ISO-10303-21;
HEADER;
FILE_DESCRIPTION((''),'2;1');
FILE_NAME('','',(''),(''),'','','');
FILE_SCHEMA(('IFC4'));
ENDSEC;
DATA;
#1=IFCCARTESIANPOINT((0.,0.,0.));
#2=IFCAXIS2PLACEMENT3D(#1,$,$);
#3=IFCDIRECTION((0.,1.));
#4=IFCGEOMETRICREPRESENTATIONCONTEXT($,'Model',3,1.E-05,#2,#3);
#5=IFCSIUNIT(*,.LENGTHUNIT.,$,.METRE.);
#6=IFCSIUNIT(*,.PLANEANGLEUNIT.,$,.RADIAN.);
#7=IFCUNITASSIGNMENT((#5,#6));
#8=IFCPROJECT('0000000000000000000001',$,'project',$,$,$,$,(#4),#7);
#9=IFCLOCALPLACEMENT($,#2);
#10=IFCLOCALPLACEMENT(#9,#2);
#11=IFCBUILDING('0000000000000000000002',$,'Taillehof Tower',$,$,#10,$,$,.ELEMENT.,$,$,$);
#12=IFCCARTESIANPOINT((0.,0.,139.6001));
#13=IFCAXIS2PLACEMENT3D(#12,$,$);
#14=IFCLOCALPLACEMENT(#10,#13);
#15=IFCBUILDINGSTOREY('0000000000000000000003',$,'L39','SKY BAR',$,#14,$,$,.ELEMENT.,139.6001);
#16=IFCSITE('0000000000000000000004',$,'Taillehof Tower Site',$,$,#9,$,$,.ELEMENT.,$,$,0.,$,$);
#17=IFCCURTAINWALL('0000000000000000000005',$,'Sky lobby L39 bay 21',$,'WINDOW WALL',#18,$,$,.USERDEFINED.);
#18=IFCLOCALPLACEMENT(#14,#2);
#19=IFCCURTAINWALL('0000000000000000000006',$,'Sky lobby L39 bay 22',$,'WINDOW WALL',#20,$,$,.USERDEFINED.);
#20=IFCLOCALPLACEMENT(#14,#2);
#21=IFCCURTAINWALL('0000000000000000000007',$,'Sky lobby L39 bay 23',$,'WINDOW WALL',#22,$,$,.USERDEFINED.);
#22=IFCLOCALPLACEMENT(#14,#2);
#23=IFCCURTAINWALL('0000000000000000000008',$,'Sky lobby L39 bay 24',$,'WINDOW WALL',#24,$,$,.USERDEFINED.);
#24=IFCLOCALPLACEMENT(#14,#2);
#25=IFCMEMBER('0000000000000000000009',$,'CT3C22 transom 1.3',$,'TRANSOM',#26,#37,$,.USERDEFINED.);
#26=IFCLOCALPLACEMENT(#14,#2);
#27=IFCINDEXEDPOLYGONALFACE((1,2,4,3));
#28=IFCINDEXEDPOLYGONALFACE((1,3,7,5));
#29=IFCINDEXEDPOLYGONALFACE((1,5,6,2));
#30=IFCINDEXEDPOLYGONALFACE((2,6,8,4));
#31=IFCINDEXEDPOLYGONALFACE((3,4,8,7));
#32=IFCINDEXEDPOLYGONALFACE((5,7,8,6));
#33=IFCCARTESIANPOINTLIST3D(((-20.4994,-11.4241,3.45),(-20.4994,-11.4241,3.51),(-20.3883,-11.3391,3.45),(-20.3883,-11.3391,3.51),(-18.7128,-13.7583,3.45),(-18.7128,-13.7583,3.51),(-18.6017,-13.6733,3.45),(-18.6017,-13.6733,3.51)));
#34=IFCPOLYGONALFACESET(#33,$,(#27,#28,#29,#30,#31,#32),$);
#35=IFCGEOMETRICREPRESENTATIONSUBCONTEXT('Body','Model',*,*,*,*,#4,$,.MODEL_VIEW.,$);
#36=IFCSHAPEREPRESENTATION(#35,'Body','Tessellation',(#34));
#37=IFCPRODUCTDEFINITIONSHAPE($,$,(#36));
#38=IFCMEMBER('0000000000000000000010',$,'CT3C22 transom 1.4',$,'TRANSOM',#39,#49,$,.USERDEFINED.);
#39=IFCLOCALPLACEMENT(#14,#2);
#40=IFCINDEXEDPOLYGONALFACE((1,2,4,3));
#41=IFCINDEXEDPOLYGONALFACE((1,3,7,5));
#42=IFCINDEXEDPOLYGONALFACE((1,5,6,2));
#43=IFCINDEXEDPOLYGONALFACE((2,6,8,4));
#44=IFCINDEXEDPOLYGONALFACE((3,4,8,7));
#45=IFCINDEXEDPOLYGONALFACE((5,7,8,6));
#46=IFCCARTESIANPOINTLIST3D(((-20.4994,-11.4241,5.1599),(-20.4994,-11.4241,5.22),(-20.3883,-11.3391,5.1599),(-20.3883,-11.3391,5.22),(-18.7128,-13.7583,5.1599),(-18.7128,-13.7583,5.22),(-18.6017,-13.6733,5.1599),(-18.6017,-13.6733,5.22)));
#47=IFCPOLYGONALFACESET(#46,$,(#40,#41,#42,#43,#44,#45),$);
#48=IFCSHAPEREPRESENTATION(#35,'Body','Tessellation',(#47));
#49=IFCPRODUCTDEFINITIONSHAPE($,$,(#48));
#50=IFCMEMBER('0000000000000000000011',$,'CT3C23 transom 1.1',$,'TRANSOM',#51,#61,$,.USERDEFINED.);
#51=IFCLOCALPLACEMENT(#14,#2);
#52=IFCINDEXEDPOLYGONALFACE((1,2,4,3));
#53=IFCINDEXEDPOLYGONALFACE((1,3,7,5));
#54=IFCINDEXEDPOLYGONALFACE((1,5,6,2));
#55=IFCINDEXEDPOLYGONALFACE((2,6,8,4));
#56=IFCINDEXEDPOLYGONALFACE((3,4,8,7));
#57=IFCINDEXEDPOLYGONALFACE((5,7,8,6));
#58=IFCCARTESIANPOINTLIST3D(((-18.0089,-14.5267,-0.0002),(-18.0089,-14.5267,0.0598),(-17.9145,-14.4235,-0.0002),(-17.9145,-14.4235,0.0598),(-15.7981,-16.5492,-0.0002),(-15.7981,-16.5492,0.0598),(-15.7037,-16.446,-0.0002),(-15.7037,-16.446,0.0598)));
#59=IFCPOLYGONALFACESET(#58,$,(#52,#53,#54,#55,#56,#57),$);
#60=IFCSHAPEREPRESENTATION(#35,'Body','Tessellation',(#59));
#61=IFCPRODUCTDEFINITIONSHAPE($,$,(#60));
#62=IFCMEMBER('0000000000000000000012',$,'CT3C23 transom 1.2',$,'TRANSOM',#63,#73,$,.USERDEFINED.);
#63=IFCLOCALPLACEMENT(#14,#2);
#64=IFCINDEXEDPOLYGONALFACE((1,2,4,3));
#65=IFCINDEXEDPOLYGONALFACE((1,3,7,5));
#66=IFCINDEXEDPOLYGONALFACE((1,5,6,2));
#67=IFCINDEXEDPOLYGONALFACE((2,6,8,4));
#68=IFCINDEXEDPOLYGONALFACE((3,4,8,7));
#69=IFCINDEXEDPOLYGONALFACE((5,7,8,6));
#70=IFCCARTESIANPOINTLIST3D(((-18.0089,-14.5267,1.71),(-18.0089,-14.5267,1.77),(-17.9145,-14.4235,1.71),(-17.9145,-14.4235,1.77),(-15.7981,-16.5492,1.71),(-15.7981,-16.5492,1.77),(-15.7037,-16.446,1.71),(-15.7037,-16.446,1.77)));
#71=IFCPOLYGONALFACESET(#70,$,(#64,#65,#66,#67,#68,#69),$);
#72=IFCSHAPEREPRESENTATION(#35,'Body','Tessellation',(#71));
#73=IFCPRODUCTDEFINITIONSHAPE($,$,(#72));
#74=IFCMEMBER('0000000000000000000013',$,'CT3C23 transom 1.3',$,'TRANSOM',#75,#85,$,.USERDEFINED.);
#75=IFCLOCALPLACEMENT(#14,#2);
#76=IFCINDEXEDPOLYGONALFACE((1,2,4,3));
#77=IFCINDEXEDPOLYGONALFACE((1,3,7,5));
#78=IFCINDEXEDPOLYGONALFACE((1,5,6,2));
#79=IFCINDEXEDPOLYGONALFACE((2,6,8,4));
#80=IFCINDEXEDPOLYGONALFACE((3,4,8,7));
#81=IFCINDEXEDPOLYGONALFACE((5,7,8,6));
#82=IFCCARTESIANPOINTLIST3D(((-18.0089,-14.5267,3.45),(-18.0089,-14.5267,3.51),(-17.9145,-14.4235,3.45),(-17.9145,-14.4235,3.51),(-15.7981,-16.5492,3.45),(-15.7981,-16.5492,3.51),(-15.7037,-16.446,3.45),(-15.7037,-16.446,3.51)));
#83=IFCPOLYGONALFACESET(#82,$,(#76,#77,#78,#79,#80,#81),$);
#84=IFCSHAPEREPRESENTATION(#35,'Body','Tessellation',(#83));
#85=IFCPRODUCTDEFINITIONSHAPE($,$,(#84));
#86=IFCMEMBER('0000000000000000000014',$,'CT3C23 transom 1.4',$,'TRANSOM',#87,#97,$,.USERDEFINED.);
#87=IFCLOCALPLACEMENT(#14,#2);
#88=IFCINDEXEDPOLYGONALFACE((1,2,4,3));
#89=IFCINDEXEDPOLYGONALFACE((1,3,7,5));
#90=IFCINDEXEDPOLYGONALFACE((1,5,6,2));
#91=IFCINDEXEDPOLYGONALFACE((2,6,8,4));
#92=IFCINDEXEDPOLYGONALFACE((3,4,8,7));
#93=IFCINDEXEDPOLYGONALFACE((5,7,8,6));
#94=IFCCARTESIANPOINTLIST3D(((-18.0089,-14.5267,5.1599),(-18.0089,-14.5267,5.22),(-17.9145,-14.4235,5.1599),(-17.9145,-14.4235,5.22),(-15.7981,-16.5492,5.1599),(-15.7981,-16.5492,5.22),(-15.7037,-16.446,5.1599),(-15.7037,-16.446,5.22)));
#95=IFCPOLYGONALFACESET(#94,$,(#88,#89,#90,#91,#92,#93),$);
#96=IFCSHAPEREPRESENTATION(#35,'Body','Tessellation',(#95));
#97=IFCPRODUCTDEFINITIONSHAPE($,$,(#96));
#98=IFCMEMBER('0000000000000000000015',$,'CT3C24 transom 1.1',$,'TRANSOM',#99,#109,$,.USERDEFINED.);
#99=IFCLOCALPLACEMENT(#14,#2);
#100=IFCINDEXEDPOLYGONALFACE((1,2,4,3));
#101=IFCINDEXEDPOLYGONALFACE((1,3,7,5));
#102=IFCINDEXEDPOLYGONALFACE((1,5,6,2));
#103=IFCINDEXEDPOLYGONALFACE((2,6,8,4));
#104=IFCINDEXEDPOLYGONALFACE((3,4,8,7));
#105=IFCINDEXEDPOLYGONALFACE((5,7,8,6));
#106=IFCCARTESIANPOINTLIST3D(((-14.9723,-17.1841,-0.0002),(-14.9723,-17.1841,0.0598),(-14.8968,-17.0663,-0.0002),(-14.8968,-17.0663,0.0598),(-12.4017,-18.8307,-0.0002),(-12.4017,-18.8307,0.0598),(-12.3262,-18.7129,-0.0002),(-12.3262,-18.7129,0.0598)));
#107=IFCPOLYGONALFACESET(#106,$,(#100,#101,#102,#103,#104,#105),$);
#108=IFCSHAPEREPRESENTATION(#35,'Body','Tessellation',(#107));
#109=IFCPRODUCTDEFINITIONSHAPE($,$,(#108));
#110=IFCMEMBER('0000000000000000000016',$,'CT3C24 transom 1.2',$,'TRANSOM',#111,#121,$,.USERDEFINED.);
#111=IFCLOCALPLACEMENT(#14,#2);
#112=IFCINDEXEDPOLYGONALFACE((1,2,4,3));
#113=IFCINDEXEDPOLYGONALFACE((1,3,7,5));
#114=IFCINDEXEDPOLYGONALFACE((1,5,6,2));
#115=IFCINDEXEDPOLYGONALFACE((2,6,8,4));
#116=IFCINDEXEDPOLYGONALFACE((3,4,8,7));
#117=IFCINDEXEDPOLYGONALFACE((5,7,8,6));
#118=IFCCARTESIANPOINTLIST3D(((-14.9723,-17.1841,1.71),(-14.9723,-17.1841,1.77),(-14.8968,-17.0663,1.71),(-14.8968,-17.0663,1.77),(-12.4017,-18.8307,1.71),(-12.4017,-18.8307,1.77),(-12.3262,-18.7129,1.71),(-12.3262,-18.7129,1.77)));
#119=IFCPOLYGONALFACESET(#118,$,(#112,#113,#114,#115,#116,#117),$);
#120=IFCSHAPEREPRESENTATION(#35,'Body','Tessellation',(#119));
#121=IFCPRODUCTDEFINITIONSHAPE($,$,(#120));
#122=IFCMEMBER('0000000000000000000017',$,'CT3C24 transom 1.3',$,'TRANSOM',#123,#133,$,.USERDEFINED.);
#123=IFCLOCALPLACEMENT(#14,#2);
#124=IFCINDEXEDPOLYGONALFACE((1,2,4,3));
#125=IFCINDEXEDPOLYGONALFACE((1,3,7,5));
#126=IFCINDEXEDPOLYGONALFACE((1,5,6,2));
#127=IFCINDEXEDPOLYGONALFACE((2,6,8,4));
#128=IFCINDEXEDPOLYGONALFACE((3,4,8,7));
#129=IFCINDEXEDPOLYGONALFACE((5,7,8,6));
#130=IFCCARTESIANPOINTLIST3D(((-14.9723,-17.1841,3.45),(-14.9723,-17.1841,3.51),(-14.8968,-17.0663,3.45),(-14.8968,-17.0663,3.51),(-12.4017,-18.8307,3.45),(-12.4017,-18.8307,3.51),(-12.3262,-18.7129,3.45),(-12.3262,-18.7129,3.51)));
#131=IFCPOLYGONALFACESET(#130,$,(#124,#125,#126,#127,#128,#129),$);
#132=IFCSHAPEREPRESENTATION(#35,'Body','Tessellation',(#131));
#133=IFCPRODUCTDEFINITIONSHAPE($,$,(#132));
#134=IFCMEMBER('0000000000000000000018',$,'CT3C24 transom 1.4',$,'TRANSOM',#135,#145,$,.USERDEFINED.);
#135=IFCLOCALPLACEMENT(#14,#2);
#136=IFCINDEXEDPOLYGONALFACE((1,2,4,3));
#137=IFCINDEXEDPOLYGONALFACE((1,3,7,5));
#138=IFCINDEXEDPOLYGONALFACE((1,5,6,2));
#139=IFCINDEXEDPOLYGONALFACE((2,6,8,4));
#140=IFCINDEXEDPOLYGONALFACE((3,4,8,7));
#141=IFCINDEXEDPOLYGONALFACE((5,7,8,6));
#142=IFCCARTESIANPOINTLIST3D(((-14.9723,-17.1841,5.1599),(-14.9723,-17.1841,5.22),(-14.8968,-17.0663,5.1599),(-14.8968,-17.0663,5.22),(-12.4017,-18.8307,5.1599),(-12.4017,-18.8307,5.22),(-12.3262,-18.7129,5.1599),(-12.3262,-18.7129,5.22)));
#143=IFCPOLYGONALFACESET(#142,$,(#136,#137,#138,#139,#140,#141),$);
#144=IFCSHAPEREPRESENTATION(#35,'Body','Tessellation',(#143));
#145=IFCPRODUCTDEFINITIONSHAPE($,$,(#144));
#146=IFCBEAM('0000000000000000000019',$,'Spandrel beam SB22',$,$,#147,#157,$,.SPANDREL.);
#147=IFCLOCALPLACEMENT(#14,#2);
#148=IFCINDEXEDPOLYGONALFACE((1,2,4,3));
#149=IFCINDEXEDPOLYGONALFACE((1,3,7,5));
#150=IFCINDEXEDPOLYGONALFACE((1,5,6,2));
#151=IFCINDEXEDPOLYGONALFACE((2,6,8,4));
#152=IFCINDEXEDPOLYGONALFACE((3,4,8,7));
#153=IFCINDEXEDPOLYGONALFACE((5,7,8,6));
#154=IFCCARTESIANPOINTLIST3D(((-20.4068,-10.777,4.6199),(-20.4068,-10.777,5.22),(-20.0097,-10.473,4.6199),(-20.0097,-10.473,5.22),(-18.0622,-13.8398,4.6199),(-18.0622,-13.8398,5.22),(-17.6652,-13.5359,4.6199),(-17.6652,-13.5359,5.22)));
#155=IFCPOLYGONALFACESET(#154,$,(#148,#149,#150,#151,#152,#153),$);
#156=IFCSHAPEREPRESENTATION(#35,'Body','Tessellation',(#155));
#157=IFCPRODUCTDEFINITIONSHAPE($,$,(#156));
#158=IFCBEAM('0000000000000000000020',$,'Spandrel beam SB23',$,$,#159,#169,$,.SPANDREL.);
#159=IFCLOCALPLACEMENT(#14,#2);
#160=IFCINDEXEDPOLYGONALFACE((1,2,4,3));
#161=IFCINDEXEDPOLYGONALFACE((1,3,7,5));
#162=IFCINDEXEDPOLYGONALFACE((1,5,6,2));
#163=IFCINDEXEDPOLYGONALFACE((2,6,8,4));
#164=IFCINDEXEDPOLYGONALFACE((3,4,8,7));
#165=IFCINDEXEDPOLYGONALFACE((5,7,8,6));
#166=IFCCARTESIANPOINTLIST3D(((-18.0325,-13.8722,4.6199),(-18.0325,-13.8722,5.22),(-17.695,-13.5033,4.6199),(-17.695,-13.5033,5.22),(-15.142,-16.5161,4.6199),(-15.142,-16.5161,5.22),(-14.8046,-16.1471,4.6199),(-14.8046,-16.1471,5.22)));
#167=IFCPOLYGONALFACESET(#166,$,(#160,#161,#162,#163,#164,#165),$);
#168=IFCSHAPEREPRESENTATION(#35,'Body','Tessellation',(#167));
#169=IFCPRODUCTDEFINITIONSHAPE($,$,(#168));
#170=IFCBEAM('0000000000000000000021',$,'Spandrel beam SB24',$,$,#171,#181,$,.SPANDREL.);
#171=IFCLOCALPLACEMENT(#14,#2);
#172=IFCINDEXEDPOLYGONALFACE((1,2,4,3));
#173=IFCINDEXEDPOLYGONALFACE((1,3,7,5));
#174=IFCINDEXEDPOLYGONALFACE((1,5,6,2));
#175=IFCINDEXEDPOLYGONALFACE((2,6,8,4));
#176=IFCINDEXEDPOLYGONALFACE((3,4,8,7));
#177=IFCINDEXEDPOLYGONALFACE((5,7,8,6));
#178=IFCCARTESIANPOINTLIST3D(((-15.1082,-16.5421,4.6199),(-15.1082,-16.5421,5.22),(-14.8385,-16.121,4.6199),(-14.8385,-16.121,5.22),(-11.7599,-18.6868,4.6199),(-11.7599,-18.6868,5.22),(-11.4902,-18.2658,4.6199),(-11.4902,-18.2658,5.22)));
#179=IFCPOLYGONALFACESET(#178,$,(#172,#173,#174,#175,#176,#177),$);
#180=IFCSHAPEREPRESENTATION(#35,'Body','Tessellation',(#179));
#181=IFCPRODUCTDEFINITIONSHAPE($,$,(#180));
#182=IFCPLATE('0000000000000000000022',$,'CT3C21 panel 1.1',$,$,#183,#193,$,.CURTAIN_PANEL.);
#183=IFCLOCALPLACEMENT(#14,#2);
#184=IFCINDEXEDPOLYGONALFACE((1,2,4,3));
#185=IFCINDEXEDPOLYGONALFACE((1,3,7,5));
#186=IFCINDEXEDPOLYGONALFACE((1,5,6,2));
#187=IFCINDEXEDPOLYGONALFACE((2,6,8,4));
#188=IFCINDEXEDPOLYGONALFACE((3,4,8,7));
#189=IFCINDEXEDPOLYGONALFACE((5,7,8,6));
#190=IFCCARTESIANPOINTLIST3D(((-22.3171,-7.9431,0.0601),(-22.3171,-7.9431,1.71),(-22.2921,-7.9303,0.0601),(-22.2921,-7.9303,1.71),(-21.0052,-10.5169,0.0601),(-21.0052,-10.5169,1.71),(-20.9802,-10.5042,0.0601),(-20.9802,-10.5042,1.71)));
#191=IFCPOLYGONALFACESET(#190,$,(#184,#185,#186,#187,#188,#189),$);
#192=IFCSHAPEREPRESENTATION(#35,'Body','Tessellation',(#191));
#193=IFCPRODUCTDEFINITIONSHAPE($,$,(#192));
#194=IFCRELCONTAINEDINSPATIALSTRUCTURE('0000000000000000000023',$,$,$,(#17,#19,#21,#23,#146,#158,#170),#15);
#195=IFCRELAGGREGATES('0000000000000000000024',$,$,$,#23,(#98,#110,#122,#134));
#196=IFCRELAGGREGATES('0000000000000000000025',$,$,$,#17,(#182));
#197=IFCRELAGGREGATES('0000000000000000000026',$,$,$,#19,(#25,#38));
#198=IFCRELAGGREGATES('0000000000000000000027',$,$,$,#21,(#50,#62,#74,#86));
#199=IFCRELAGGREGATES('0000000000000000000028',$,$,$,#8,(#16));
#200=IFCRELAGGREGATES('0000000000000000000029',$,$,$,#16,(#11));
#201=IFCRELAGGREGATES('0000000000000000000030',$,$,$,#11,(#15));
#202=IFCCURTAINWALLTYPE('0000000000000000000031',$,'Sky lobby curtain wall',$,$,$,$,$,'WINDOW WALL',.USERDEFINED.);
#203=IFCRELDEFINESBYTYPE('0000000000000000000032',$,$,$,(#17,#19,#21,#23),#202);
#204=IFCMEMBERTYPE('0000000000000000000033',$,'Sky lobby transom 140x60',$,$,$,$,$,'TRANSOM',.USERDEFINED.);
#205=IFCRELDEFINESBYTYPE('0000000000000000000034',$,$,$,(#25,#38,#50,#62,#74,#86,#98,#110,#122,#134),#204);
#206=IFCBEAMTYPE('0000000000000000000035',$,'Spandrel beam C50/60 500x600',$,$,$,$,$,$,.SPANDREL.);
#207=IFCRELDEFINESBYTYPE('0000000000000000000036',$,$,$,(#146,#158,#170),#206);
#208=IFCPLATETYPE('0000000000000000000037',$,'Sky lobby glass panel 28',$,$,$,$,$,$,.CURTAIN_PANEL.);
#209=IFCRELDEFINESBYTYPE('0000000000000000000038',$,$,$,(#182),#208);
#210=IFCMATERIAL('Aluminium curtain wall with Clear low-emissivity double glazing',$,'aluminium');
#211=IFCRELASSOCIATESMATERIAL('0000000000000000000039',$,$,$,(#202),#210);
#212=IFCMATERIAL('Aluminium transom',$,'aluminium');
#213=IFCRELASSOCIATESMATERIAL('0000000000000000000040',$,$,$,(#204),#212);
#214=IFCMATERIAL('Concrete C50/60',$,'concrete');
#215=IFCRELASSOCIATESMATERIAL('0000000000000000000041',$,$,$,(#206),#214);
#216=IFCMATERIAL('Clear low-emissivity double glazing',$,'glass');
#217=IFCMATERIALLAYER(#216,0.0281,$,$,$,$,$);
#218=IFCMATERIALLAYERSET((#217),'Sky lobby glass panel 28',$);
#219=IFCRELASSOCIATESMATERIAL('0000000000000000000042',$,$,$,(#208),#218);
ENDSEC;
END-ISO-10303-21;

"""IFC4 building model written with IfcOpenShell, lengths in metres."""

from ifc_helpers import new_model, si_unit, direction, frame, origin, origin_2d, place, context, subcontext, project, spatial, rectangle, extrude, material, layer, layer_set, material_profile, profile_set, type_object, element, aggregate, save


model = new_model("IFC4")

# Units and contexts
model_context = context("Model", 3, precision=1e-05, world=origin(), true_north=direction((0.0, 1.0)))
body_context = subcontext(model_context, "Body", "Model", "MODEL_VIEW")
ifc_project = project(units=[si_unit("LENGTHUNIT", "METRE"), si_unit("PLANEANGLEUNIT", "RADIAN")], contexts=[model_context])

# Site, building, storey
site_placement = place(None, origin())
site = spatial("IfcSite", under=ifc_project, at=site_placement, Name="Taillehof Tower Site", CompositionType="ELEMENT", RefElevation=0.0)
building_placement = place(site_placement, origin())
building = spatial("IfcBuilding", under=site, at=building_placement, Name="Taillehof Tower", CompositionType="ELEMENT")
storey_placement = place(building_placement, frame((0.0, 0.0, 139.6001)))
storey = spatial("IfcBuildingStorey", under=building, at=storey_placement, Name="L39", Description="SKY BAR", CompositionType="ELEMENT", Elevation=139.6001)

# Curtain wall
ifc_material_1 = material(Name="Aluminium curtain wall with Clear low-emissivity double glazing", Category="aluminium")
curtain_wall_type = type_object("IfcCurtainWallType", Name="Sky lobby curtain wall", ElementType="WINDOW WALL", PredefinedType="USERDEFINED", material=ifc_material_1)
curtain_wall_1_placement = place(storey_placement, origin())
curtain_wall_1 = element("IfcCurtainWall", 1, at=curtain_wall_1_placement, inside=storey, type_object=curtain_wall_type, Name="Sky lobby L39 bay 21", ObjectType="WINDOW WALL", PredefinedType="USERDEFINED")

# Curtain walls
curtain_wall_2_placement = place(storey_placement, origin())
curtain_wall_2 = element("IfcCurtainWall", 2, at=curtain_wall_2_placement, inside=storey, type_object=curtain_wall_type, Name="Sky lobby L39 bay 22", ObjectType="WINDOW WALL", PredefinedType="USERDEFINED")
curtain_wall_3_placement = place(storey_placement, origin())
curtain_wall_3 = element("IfcCurtainWall", 3, at=curtain_wall_3_placement, inside=storey, type_object=curtain_wall_type, Name="Sky lobby L39 bay 23", ObjectType="WINDOW WALL", PredefinedType="USERDEFINED")

# Curtain wall
curtain_wall_4_placement = place(storey_placement, origin())
curtain_wall_4 = element("IfcCurtainWall", 4, at=curtain_wall_4_placement, inside=storey, type_object=curtain_wall_type, Name="Sky lobby L39 bay 24", ObjectType="WINDOW WALL", PredefinedType="USERDEFINED")

# Members
ifc_material_2 = material(Name="Aluminium transom", Category="aluminium")
ifc_material_profile_1 = material_profile(ifc_material_2, rectangle(XDim=0.1399, YDim=0.0601, at=origin_2d()), Name="AL 140x60")
ifc_profile_set_1 = profile_set([ifc_material_profile_1], Name="Aluminium transom")
member_type_1 = type_object("IfcMemberType", Name="Sky lobby transom 140x60", ElementType="TRANSOM", PredefinedType="USERDEFINED", material=ifc_profile_set_1)
member_1_placement = place(storey_placement, frame((-20.4438, -11.3816, 3.48), z_axis=(0.607798, -0.794091, 0.0), x_axis=(0.794091, 0.607798, 0.0)))
member_1 = element("IfcMember", 5, at=member_1_placement, type_object=member_type_1, Name="CT3C22 transom 1.3", ObjectType="TRANSOM", PredefinedType="USERDEFINED", context=body_context, shape_type="SweptSolid", body=[
    extrude(rectangle(XDim=0.1399, YDim=0.0601, at=origin_2d()), origin(), (0.0, 0.0, 1.0), 2.9395),
])
member_2_placement = place(storey_placement, frame((-20.4438, -11.3816, 5.1899), z_axis=(0.607798, -0.794091, 0.0), x_axis=(0.794091, 0.607798, 0.0)))
member_2 = element("IfcMember", 6, at=member_2_placement, type_object=member_type_1, Name="CT3C22 transom 1.4", ObjectType="TRANSOM", PredefinedType="USERDEFINED", context=body_context, shape_type="SweptSolid", body=[
    extrude(rectangle(XDim=0.1399, YDim=0.0601, at=origin_2d()), origin(), (0.0, 0.0, 1.0), 2.9395),
])
member_3_placement = place(storey_placement, frame((-17.9617, -14.4751, 0.0298), z_axis=(0.73782, -0.674997, 0.0), x_axis=(0.674997, 0.73782, 0.0)))
member_3 = element("IfcMember", 7, at=member_3_placement, type_object=member_type_1, Name="CT3C23 transom 1.1", ObjectType="TRANSOM", PredefinedType="USERDEFINED", context=body_context, shape_type="SweptSolid", body=[
    extrude(rectangle(XDim=0.1399, YDim=0.0601, at=origin_2d()), origin(), (0.0, 0.0, 1.0), 2.9963),
])
member_4_placement = place(storey_placement, frame((-17.9617, -14.4751, 1.74), z_axis=(0.73782, -0.674997, 0.0), x_axis=(0.674997, 0.73782, 0.0)))
member_4 = element("IfcMember", 8, at=member_4_placement, type_object=member_type_1, Name="CT3C23 transom 1.2", ObjectType="TRANSOM", PredefinedType="USERDEFINED", context=body_context, shape_type="SweptSolid", body=[
    extrude(rectangle(XDim=0.1399, YDim=0.0601, at=origin_2d()), origin(), (0.0, 0.0, 1.0), 2.9963),
])
member_5_placement = place(storey_placement, frame((-17.9617, -14.4751, 3.48), z_axis=(0.73782, -0.674997, 0.0), x_axis=(0.674997, 0.73782, 0.0)))
member_5 = element("IfcMember", 9, at=member_5_placement, type_object=member_type_1, Name="CT3C23 transom 1.3", ObjectType="TRANSOM", PredefinedType="USERDEFINED", context=body_context, shape_type="SweptSolid", body=[
    extrude(rectangle(XDim=0.1399, YDim=0.0601, at=origin_2d()), origin(), (0.0, 0.0, 1.0), 2.9963),
])
member_6_placement = place(storey_placement, frame((-17.9617, -14.4751, 5.1899), z_axis=(0.73782, -0.674997, 0.0), x_axis=(0.674997, 0.73782, 0.0)))
member_6 = element("IfcMember", 10, at=member_6_placement, type_object=member_type_1, Name="CT3C23 transom 1.4", ObjectType="TRANSOM", PredefinedType="USERDEFINED", context=body_context, shape_type="SweptSolid", body=[
    extrude(rectangle(XDim=0.1399, YDim=0.0601, at=origin_2d()), origin(), (0.0, 0.0, 1.0), 2.9963),
])
member_7_placement = place(storey_placement, frame((-14.9346, -17.1252, 0.0298), z_axis=(0.842074, -0.539362, 0.0), x_axis=(0.539362, 0.842074, 0.0)))
member_7 = element("IfcMember", 11, at=member_7_placement, type_object=member_type_1, Name="CT3C24 transom 1.1", ObjectType="TRANSOM", PredefinedType="USERDEFINED", context=body_context, shape_type="SweptSolid", body=[
    extrude(rectangle(XDim=0.1399, YDim=0.0601, at=origin_2d()), origin(), (0.0, 0.0, 1.0), 3.0527),
])
member_8_placement = place(storey_placement, frame((-14.9346, -17.1252, 1.74), z_axis=(0.842074, -0.539362, 0.0), x_axis=(0.539362, 0.842074, 0.0)))
member_8 = element("IfcMember", 12, at=member_8_placement, type_object=member_type_1, Name="CT3C24 transom 1.2", ObjectType="TRANSOM", PredefinedType="USERDEFINED", context=body_context, shape_type="SweptSolid", body=[
    extrude(rectangle(XDim=0.1399, YDim=0.0601, at=origin_2d()), origin(), (0.0, 0.0, 1.0), 3.0527),
])
member_9_placement = place(storey_placement, frame((-14.9346, -17.1252, 3.48), z_axis=(0.842074, -0.539362, 0.0), x_axis=(0.539362, 0.842074, 0.0)))
member_9 = element("IfcMember", 13, at=member_9_placement, type_object=member_type_1, Name="CT3C24 transom 1.3", ObjectType="TRANSOM", PredefinedType="USERDEFINED", context=body_context, shape_type="SweptSolid", body=[
    extrude(rectangle(XDim=0.1399, YDim=0.0601, at=origin_2d()), origin(), (0.0, 0.0, 1.0), 3.0527),
])
member_10_placement = place(storey_placement, frame((-14.9346, -17.1252, 5.1899), z_axis=(0.842074, -0.539362, 0.0), x_axis=(0.539362, 0.842074, 0.0)))
member_10 = element("IfcMember", 14, at=member_10_placement, type_object=member_type_1, Name="CT3C24 transom 1.4", ObjectType="TRANSOM", PredefinedType="USERDEFINED", context=body_context, shape_type="SweptSolid", body=[
    extrude(rectangle(XDim=0.1399, YDim=0.0601, at=origin_2d()), origin(), (0.0, 0.0, 1.0), 3.0527),
])
aggregate(curtain_wall_4, [member_7, member_8, member_9, member_10])

# Beams
ifc_material_3 = material(Name="Concrete C50/60", Category="concrete")
ifc_material_profile_2 = material_profile(ifc_material_3, rectangle(XDim=0.5, YDim=0.6001, at=origin_2d()), Name="RC 500x600")
ifc_profile_set_2 = profile_set([ifc_material_profile_2], Name="Concrete C50/60")
beam_type_1 = type_object("IfcBeamType", Name="Spandrel beam C50/60 500x600", PredefinedType="SPANDREL", material=ifc_profile_set_2)
beam_1_placement = place(storey_placement, frame((-20.2083, -10.625, 4.9199), z_axis=(0.60784, -0.794059, 0.0), x_axis=(0.794059, 0.60784, 0.0)))
element("IfcBeam", 15, at=beam_1_placement, inside=storey, type_object=beam_type_1, Name="Spandrel beam SB22", PredefinedType="SPANDREL", context=body_context, shape_type="SweptSolid", body=[
    extrude(rectangle(XDim=0.5, YDim=0.6001, at=origin_2d()), origin(), (0.0, 0.0, 1.0), 3.8572),
])
beam_2_placement = place(storey_placement, frame((-17.8638, -13.6877, 4.9199), z_axis=(0.737881, -0.674931, 0.0), x_axis=(0.674931, 0.737881, 0.0)))
element("IfcBeam", 16, at=beam_2_placement, inside=storey, type_object=beam_type_1, Name="Spandrel beam SB23", PredefinedType="SPANDREL", context=body_context, shape_type="SweptSolid", body=[
    extrude(rectangle(XDim=0.5, YDim=0.6001, at=origin_2d()), origin(), (0.0, 0.0, 1.0), 3.9172),
])
beam_3_placement = place(storey_placement, frame((-14.9734, -16.3315, 4.9199), z_axis=(0.842065, -0.539376, 0.0), x_axis=(0.539376, 0.842065, 0.0)))
element("IfcBeam", 17, at=beam_3_placement, inside=storey, type_object=beam_type_1, Name="Spandrel beam SB24", PredefinedType="SPANDREL", context=body_context, shape_type="SweptSolid", body=[
    extrude(rectangle(XDim=0.5, YDim=0.6001, at=origin_2d()), origin(), (0.0, 0.0, 1.0), 3.9763),
])

# Plate
ifc_material_4 = material(Name="Clear low-emissivity double glazing", Category="glass")
ifc_layer_1 = layer(ifc_material_4, 0.0281)
ifc_layer_set_1 = layer_set([ifc_layer_1], Name="Sky lobby glass panel 28")
plate_type = type_object("IfcPlateType", Name="Sky lobby glass panel 28", PredefinedType="CURTAIN_PANEL", material=ifc_layer_set_1)
plate_1_placement = place(storey_placement, frame((-21.6487, -9.2236, 0.0601), z_axis=(0.0, 0.0, 1.0), x_axis=(0.454121, -0.89094, 0.0)))
plate_1 = element("IfcPlate", 18, at=plate_1_placement, type_object=plate_type, Name="CT3C21 panel 1.1", PredefinedType="CURTAIN_PANEL", context=body_context, shape_type="SweptSolid", body=[
    extrude(rectangle(XDim=2.8889, YDim=0.0281, at=origin_2d()), origin(), (0.0, 0.0, 1.0), 1.6499),
])
aggregate(curtain_wall_1, [plate_1])
aggregate(curtain_wall_2, [member_1, member_2])
aggregate(curtain_wall_3, [member_3, member_4, member_5, member_6])

save(model, "model.ifc")
